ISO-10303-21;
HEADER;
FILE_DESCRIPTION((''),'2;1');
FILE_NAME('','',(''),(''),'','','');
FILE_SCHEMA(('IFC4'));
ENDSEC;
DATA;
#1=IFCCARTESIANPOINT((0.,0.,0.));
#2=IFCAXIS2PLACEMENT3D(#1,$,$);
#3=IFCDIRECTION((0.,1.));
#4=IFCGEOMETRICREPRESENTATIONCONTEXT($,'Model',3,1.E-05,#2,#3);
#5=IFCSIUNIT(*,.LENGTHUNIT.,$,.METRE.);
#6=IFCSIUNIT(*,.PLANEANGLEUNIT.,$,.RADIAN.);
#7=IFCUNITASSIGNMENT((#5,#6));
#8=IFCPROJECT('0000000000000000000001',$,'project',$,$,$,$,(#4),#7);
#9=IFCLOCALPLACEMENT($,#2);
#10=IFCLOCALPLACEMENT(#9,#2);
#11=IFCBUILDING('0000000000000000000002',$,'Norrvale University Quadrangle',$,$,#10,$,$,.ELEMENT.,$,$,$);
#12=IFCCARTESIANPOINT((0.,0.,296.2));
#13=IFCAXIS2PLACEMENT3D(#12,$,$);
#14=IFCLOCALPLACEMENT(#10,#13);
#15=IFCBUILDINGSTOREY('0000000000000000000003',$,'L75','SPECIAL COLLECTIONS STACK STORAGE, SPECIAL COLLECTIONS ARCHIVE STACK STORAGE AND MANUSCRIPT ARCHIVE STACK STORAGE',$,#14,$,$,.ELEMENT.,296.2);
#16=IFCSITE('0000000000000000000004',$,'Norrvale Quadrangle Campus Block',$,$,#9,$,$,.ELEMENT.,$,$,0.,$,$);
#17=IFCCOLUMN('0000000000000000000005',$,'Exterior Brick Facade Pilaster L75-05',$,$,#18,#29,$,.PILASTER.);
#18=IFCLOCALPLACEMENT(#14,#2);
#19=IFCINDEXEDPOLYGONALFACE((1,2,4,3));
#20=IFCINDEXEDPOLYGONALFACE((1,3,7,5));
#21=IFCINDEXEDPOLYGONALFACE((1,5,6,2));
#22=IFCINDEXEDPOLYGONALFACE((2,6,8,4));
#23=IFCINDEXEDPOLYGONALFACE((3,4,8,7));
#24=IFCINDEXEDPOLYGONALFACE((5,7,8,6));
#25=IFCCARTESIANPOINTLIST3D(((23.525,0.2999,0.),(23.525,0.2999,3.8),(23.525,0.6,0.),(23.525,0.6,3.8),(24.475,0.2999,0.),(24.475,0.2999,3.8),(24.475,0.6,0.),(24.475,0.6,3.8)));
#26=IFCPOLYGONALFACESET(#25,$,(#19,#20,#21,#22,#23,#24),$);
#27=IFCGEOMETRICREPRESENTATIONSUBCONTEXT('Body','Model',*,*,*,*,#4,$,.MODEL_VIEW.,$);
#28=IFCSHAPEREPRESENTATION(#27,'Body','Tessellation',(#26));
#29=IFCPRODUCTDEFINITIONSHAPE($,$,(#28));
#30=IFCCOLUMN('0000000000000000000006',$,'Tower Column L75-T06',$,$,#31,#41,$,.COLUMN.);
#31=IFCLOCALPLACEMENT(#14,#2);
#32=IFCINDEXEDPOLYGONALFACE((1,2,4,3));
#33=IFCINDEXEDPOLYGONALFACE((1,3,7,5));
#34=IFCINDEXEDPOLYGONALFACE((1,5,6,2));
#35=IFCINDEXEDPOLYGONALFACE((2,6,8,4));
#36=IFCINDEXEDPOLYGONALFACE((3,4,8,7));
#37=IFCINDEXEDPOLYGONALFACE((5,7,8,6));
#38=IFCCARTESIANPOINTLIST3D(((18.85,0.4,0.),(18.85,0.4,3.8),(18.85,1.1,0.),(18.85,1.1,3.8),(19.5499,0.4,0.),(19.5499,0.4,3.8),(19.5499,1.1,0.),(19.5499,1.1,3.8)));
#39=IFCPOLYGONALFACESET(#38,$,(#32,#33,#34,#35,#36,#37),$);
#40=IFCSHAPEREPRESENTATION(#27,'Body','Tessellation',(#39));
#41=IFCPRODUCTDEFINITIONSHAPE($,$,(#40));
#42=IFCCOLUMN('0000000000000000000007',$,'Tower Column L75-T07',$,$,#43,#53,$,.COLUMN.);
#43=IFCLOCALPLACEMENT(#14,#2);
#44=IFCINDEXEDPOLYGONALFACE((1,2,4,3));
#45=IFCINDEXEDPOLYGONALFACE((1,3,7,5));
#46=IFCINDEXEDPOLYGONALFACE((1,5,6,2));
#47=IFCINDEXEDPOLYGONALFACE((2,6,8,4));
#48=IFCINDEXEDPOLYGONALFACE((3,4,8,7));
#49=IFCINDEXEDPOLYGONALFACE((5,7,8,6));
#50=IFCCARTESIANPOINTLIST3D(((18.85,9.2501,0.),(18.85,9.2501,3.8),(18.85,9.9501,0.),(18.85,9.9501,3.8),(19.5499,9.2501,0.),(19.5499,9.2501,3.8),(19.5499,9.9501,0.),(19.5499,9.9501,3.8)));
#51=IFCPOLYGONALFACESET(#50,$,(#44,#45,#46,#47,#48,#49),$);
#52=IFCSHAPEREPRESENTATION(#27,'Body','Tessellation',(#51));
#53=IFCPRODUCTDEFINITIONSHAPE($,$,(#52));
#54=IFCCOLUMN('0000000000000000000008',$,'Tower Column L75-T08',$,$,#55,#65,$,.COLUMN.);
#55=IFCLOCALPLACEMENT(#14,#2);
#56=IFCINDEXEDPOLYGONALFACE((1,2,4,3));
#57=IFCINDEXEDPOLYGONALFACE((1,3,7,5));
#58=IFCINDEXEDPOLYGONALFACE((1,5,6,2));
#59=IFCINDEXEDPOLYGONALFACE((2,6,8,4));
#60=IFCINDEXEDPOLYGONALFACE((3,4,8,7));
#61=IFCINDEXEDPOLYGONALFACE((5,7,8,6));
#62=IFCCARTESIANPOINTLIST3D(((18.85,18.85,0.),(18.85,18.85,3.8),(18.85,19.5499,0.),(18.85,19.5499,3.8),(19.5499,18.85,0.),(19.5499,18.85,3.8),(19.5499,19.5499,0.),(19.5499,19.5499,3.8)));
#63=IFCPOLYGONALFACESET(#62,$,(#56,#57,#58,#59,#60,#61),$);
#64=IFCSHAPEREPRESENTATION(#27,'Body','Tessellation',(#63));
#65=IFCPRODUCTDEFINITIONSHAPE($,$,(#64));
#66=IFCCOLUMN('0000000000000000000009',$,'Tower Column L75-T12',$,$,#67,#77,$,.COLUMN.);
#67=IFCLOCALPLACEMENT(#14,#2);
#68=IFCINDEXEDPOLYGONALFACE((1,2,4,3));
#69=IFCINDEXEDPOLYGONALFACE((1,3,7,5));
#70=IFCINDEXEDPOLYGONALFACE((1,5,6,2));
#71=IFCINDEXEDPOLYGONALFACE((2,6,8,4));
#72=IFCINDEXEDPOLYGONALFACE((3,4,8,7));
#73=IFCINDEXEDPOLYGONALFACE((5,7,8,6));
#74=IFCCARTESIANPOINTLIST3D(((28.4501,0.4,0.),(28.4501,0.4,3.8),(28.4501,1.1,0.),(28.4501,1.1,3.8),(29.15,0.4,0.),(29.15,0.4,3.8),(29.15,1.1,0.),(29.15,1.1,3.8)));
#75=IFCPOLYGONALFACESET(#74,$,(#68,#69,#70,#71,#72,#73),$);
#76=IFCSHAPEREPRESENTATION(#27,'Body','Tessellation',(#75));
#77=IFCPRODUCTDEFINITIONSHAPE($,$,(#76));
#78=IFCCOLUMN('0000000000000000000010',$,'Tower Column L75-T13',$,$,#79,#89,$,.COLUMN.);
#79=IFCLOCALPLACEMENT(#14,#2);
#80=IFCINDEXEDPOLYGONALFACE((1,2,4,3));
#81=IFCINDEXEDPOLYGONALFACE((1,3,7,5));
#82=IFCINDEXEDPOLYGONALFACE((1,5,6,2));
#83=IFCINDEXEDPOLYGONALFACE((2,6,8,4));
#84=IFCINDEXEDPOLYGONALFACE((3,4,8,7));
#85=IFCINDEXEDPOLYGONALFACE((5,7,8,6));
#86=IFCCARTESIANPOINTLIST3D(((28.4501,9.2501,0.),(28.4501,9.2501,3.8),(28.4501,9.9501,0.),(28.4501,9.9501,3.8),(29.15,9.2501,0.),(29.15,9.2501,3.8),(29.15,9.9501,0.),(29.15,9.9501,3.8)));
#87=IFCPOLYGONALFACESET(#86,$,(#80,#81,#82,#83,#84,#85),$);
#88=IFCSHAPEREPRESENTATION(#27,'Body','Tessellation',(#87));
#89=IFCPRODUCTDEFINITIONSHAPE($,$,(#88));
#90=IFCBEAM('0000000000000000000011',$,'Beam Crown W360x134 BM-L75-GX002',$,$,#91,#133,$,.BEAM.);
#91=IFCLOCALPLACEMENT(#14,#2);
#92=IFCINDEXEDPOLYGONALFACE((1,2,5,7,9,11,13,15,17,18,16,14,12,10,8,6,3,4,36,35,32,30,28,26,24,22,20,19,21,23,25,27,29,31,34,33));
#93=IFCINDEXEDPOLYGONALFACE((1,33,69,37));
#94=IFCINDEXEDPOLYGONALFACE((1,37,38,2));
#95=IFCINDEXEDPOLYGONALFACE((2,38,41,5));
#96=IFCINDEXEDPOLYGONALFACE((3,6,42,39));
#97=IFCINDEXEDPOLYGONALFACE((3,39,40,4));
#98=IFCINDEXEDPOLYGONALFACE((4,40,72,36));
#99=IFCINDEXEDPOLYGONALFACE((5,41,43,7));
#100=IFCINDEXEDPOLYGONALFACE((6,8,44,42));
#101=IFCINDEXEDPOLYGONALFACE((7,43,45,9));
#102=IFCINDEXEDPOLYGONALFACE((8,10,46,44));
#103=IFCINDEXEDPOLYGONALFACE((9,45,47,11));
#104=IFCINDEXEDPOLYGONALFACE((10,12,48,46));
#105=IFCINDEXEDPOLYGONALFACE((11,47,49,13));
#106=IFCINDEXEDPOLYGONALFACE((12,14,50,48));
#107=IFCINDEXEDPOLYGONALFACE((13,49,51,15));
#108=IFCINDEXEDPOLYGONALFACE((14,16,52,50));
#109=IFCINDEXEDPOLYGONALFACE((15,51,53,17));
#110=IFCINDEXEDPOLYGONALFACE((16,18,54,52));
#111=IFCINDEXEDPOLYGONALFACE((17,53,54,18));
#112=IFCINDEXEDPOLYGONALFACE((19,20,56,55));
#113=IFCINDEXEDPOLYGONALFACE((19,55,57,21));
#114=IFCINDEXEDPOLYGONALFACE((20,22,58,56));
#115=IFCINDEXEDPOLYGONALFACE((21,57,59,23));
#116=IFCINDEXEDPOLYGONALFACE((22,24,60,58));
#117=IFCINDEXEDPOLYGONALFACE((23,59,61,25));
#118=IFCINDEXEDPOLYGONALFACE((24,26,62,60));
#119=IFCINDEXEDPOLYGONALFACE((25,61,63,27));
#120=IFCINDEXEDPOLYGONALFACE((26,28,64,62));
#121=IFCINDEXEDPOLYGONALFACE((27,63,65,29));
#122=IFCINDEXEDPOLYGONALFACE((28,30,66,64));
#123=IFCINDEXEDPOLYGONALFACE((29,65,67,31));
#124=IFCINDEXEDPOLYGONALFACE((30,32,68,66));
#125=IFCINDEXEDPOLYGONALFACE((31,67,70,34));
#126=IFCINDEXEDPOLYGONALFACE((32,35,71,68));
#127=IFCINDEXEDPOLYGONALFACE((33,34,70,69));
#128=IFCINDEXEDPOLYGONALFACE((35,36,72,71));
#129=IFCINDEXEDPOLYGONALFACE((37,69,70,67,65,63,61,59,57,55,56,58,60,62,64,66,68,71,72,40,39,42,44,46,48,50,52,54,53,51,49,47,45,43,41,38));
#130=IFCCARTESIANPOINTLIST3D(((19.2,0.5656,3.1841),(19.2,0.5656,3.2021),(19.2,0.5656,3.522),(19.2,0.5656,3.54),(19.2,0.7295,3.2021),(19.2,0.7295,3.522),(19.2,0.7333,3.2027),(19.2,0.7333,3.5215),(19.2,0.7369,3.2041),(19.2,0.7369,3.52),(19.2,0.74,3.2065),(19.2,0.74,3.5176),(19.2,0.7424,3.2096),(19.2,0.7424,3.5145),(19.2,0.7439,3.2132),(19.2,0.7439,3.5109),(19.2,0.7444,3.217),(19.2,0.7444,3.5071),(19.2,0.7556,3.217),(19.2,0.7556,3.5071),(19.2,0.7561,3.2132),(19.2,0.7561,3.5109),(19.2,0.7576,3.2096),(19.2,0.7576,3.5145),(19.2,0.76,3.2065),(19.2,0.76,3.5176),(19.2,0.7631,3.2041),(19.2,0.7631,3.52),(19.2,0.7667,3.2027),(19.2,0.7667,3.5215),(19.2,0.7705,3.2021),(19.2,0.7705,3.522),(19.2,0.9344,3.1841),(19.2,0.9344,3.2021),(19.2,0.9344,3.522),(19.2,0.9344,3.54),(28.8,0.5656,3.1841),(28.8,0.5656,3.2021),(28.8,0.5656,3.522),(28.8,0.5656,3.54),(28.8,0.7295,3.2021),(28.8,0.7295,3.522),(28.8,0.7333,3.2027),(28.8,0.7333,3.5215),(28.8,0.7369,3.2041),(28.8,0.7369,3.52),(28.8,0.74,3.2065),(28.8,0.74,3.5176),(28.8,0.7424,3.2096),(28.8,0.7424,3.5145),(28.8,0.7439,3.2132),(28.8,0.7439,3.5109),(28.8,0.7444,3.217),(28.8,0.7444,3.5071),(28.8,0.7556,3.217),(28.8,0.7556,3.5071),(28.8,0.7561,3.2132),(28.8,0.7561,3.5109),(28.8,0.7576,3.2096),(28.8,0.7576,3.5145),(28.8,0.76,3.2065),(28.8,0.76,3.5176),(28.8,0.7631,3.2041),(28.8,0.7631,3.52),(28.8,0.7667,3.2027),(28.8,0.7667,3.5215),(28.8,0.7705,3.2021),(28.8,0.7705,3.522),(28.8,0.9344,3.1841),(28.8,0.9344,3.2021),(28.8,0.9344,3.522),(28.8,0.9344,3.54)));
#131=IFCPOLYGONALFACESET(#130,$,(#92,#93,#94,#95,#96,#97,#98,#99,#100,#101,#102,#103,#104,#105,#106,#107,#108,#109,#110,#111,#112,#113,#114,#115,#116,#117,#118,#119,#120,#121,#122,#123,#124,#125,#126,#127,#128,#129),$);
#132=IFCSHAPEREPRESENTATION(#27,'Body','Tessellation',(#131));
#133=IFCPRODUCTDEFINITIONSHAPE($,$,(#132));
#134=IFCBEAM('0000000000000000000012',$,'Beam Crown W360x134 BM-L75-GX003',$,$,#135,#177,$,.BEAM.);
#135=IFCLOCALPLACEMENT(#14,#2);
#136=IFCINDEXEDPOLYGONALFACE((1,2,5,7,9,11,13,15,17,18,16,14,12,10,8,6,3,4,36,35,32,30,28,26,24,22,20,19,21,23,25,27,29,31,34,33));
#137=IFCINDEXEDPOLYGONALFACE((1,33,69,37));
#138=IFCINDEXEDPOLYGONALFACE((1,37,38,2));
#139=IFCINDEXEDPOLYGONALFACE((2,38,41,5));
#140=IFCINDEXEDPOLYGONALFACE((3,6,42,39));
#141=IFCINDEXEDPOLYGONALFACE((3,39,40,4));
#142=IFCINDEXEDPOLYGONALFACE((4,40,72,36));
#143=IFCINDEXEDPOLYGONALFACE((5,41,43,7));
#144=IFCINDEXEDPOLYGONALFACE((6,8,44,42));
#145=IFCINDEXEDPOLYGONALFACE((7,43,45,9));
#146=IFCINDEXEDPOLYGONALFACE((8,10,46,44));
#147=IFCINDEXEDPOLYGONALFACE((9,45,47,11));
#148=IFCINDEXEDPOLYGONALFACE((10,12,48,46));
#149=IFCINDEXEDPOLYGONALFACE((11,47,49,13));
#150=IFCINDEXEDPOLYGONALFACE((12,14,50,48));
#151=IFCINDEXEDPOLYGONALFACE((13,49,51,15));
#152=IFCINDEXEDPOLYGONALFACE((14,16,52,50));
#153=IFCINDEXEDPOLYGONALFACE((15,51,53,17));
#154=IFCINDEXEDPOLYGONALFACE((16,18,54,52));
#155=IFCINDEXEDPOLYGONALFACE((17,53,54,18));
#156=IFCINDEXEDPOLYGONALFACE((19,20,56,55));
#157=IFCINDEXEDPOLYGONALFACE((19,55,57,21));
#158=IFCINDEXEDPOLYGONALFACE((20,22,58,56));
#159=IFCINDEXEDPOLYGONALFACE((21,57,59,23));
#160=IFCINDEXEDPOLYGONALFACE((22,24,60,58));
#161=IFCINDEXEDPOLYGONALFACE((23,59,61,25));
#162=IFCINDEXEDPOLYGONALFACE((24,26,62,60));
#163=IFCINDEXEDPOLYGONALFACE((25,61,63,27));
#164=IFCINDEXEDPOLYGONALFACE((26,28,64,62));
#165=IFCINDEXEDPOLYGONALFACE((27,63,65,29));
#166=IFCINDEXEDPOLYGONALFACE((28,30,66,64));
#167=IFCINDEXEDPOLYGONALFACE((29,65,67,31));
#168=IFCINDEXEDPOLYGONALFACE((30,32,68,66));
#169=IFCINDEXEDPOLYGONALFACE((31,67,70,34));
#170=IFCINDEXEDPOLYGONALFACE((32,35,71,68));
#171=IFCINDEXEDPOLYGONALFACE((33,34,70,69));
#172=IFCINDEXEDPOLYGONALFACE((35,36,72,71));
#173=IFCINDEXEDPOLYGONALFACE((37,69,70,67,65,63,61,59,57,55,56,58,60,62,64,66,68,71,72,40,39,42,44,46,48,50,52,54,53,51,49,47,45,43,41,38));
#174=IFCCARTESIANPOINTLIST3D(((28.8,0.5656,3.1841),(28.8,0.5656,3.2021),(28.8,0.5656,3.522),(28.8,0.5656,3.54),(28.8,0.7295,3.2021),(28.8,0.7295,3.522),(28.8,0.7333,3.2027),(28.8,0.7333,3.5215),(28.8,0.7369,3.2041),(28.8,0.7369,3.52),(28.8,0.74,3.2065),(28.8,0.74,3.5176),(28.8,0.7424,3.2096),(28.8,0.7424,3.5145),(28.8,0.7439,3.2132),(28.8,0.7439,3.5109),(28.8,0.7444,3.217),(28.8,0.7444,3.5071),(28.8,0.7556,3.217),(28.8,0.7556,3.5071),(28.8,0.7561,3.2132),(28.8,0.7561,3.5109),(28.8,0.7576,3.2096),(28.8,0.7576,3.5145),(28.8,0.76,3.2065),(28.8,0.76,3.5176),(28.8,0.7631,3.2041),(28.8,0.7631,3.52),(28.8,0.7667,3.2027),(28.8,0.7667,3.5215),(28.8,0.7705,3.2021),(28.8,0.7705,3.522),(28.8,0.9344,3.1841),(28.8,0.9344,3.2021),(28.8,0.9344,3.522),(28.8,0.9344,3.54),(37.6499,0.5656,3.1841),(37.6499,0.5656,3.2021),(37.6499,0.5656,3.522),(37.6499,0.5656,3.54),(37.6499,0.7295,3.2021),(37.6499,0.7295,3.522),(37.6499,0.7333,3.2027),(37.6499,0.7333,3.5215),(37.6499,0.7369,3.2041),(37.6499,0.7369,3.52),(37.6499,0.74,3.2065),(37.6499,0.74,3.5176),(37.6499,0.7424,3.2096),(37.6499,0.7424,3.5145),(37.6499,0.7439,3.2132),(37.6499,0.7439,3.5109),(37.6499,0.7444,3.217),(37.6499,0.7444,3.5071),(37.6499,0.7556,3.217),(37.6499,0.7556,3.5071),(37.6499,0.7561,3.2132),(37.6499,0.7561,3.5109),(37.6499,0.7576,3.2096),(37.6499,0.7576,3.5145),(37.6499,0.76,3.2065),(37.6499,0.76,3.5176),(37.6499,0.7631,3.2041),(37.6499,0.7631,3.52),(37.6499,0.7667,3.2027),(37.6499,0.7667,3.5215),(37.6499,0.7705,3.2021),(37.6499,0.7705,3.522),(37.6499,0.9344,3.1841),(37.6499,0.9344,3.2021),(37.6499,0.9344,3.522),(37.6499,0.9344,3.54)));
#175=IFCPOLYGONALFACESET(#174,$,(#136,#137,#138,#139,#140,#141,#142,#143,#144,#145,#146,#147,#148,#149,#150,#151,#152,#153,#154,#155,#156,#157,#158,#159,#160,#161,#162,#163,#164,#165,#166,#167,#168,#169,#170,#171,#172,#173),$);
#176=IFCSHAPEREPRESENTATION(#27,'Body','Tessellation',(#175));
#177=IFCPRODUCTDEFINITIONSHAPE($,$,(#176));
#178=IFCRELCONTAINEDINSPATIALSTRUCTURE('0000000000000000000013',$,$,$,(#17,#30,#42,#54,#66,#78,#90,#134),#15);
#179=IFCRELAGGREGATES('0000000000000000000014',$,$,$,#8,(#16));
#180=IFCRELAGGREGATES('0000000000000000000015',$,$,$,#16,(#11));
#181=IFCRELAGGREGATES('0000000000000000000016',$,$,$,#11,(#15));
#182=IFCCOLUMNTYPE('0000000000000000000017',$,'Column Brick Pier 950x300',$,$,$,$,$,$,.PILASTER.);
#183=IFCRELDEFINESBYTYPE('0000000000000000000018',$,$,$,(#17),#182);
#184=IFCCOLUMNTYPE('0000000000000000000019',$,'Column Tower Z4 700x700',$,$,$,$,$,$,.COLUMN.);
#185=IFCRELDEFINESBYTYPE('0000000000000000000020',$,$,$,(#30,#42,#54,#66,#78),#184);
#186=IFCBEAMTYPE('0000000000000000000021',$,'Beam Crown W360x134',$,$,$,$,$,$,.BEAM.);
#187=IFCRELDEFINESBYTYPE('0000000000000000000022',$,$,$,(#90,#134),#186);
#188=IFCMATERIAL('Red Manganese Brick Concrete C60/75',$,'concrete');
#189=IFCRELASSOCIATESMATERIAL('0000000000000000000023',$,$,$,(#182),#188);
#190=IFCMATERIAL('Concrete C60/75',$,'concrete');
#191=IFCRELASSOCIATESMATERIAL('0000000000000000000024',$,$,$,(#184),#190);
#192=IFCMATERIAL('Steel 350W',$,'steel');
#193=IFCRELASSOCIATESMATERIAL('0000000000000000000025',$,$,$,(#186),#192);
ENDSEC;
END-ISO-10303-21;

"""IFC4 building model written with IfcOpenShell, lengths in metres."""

from ifc_helpers import new_model, si_unit, direction, frame, origin, origin_2d, place, context, subcontext, project, spatial, rectangle, i_section, extrude, material, material_profile, profile_set, type_object, element, save


model = new_model("IFC4")

# Units and contexts
model_context = context("Model", 3, precision=1e-05, world=origin(), true_north=direction((0.0, 1.0)))
body_context = subcontext(model_context, "Body", "Model", "MODEL_VIEW")
ifc_project = project(units=[si_unit("LENGTHUNIT", "METRE"), si_unit("PLANEANGLEUNIT", "RADIAN")], contexts=[model_context])

# Site, building, storey
site_placement = place(None, origin())
site = spatial("IfcSite", under=ifc_project, at=site_placement, Name="Norrvale Quadrangle Campus Block", CompositionType="ELEMENT", RefElevation=0.0)
building_placement = place(site_placement, origin())
building = spatial("IfcBuilding", under=site, at=building_placement, Name="Norrvale University Quadrangle", CompositionType="ELEMENT")
storey_placement = place(building_placement, frame((0.0, 0.0, 296.2)))
storey = spatial("IfcBuildingStorey", under=building, at=storey_placement, Name="L75", Description="SPECIAL COLLECTIONS STACK STORAGE, SPECIAL COLLECTIONS ARCHIVE STACK STORAGE AND MANUSCRIPT ARCHIVE STACK STORAGE", CompositionType="ELEMENT", Elevation=296.2)

# Columns
ifc_material_1 = material(Name="Red Manganese Brick Concrete C60/75", Category="concrete")
ifc_material_profile_1 = material_profile(ifc_material_1, rectangle(XDim=0.95, YDim=0.3, at=origin_2d()), Name="Red Manganese Brick Concrete C60/75")
ifc_profile_set_1 = profile_set([ifc_material_profile_1], Name="Red Manganese Brick Concrete C60/75")
column_type_1 = type_object("IfcColumnType", Name="Column Brick Pier 950x300", PredefinedType="PILASTER", material=ifc_profile_set_1)
column_placement = place(storey_placement, frame((24.0, 0.45, 0.0), z_axis=(0.0, 0.0, 1.0), x_axis=(1.0, 0.0, 0.0)))
element("IfcColumn", 1, at=column_placement, inside=storey, type_object=column_type_1, Name="Exterior Brick Facade Pilaster L75-05", PredefinedType="PILASTER", context=body_context, shape_type="SweptSolid", body=[
    extrude(rectangle(XDim=0.95, YDim=0.3, at=origin_2d()), origin(), (0.0, 0.0, 1.0), 3.8),
])
ifc_material_2 = material(Name="Concrete C60/75", Category="concrete")
ifc_material_profile_2 = material_profile(ifc_material_2, rectangle(XDim=0.7, YDim=0.7, at=origin_2d()), Name="Concrete C60/75")
ifc_profile_set_2 = profile_set([ifc_material_profile_2], Name="Concrete C60/75")
column_type_2 = type_object("IfcColumnType", Name="Column Tower Z4 700x700", PredefinedType="COLUMN", material=ifc_profile_set_2)
for number, where, z_axis, x_axis, name in (
    (2, (19.2, 0.75, 0.0), (0.0, 0.0, 1.0), (1.0, 0.0, 0.0), "Tower Column L75-T06"),
    (3, (19.2, 9.6001, 0.0), (0.0, 0.0, 1.0), (1.0, 0.0, 0.0), "Tower Column L75-T07"),
    (4, (19.2, 19.2, 0.0), (0.0, 0.0, 1.0), (1.0, 0.0, 0.0), "Tower Column L75-T08"),
    (5, (28.8, 0.75, 0.0), (0.0, 0.0, 1.0), (1.0, 0.0, 0.0), "Tower Column L75-T12"),
    (6, (28.8, 9.6001, 0.0), (0.0, 0.0, 1.0), (1.0, 0.0, 0.0), "Tower Column L75-T13"),
):
    element("IfcColumn", number, at=place(storey_placement, frame(where, z_axis=z_axis, x_axis=x_axis)), inside=storey, type_object=column_type_2, Name=name, PredefinedType="COLUMN", context=body_context, shape_type="SweptSolid", body=[
        extrude(rectangle(XDim=0.7, YDim=0.7, at=origin_2d()), origin(), (0.0, 0.0, 1.0), 3.8),
    ])

# Beams
ifc_material_3 = material(Name="Steel 350W", Category="steel")
ifc_material_profile_3 = material_profile(ifc_material_3, i_section(OverallWidth=0.3689, OverallDepth=0.356, WebThickness=0.0112, FlangeThickness=0.0181, FilletRadius=0.0149, at=origin_2d()), Name="Steel 350W")
ifc_profile_set_3 = profile_set([ifc_material_profile_3], Name="Steel 350W")
beam_type_1 = type_object("IfcBeamType", Name="Beam Crown W360x134", PredefinedType="BEAM", material=ifc_profile_set_3)
beam_1_placement = place(storey_placement, frame((19.2, 0.75, 3.3621), z_axis=(1.0, 0.0, 0.0), x_axis=(0.0, 1.0, 0.0)))
element("IfcBeam", 7, at=beam_1_placement, inside=storey, type_object=beam_type_1, Name="Beam Crown W360x134 BM-L75-GX002", PredefinedType="BEAM", context=body_context, shape_type="SweptSolid", body=[
    extrude(i_section(OverallWidth=0.3689, OverallDepth=0.356, WebThickness=0.0112, FlangeThickness=0.0181, FilletRadius=0.0149, at=origin_2d()), origin(), (0.0, 0.0, 1.0), 9.6001),
])
beam_2_placement = place(storey_placement, frame((28.8, 0.75, 3.3621), z_axis=(1.0, 0.0, 0.0), x_axis=(0.0, 1.0, 0.0)))
element("IfcBeam", 8, at=beam_2_placement, inside=storey, type_object=beam_type_1, Name="Beam Crown W360x134 BM-L75-GX003", PredefinedType="BEAM", context=body_context, shape_type="SweptSolid", body=[
    extrude(i_section(OverallWidth=0.3689, OverallDepth=0.356, WebThickness=0.0112, FlangeThickness=0.0181, FilletRadius=0.0149, at=origin_2d()), origin(), (0.0, 0.0, 1.0), 8.8499),
])

save(model, "model.ifc")
